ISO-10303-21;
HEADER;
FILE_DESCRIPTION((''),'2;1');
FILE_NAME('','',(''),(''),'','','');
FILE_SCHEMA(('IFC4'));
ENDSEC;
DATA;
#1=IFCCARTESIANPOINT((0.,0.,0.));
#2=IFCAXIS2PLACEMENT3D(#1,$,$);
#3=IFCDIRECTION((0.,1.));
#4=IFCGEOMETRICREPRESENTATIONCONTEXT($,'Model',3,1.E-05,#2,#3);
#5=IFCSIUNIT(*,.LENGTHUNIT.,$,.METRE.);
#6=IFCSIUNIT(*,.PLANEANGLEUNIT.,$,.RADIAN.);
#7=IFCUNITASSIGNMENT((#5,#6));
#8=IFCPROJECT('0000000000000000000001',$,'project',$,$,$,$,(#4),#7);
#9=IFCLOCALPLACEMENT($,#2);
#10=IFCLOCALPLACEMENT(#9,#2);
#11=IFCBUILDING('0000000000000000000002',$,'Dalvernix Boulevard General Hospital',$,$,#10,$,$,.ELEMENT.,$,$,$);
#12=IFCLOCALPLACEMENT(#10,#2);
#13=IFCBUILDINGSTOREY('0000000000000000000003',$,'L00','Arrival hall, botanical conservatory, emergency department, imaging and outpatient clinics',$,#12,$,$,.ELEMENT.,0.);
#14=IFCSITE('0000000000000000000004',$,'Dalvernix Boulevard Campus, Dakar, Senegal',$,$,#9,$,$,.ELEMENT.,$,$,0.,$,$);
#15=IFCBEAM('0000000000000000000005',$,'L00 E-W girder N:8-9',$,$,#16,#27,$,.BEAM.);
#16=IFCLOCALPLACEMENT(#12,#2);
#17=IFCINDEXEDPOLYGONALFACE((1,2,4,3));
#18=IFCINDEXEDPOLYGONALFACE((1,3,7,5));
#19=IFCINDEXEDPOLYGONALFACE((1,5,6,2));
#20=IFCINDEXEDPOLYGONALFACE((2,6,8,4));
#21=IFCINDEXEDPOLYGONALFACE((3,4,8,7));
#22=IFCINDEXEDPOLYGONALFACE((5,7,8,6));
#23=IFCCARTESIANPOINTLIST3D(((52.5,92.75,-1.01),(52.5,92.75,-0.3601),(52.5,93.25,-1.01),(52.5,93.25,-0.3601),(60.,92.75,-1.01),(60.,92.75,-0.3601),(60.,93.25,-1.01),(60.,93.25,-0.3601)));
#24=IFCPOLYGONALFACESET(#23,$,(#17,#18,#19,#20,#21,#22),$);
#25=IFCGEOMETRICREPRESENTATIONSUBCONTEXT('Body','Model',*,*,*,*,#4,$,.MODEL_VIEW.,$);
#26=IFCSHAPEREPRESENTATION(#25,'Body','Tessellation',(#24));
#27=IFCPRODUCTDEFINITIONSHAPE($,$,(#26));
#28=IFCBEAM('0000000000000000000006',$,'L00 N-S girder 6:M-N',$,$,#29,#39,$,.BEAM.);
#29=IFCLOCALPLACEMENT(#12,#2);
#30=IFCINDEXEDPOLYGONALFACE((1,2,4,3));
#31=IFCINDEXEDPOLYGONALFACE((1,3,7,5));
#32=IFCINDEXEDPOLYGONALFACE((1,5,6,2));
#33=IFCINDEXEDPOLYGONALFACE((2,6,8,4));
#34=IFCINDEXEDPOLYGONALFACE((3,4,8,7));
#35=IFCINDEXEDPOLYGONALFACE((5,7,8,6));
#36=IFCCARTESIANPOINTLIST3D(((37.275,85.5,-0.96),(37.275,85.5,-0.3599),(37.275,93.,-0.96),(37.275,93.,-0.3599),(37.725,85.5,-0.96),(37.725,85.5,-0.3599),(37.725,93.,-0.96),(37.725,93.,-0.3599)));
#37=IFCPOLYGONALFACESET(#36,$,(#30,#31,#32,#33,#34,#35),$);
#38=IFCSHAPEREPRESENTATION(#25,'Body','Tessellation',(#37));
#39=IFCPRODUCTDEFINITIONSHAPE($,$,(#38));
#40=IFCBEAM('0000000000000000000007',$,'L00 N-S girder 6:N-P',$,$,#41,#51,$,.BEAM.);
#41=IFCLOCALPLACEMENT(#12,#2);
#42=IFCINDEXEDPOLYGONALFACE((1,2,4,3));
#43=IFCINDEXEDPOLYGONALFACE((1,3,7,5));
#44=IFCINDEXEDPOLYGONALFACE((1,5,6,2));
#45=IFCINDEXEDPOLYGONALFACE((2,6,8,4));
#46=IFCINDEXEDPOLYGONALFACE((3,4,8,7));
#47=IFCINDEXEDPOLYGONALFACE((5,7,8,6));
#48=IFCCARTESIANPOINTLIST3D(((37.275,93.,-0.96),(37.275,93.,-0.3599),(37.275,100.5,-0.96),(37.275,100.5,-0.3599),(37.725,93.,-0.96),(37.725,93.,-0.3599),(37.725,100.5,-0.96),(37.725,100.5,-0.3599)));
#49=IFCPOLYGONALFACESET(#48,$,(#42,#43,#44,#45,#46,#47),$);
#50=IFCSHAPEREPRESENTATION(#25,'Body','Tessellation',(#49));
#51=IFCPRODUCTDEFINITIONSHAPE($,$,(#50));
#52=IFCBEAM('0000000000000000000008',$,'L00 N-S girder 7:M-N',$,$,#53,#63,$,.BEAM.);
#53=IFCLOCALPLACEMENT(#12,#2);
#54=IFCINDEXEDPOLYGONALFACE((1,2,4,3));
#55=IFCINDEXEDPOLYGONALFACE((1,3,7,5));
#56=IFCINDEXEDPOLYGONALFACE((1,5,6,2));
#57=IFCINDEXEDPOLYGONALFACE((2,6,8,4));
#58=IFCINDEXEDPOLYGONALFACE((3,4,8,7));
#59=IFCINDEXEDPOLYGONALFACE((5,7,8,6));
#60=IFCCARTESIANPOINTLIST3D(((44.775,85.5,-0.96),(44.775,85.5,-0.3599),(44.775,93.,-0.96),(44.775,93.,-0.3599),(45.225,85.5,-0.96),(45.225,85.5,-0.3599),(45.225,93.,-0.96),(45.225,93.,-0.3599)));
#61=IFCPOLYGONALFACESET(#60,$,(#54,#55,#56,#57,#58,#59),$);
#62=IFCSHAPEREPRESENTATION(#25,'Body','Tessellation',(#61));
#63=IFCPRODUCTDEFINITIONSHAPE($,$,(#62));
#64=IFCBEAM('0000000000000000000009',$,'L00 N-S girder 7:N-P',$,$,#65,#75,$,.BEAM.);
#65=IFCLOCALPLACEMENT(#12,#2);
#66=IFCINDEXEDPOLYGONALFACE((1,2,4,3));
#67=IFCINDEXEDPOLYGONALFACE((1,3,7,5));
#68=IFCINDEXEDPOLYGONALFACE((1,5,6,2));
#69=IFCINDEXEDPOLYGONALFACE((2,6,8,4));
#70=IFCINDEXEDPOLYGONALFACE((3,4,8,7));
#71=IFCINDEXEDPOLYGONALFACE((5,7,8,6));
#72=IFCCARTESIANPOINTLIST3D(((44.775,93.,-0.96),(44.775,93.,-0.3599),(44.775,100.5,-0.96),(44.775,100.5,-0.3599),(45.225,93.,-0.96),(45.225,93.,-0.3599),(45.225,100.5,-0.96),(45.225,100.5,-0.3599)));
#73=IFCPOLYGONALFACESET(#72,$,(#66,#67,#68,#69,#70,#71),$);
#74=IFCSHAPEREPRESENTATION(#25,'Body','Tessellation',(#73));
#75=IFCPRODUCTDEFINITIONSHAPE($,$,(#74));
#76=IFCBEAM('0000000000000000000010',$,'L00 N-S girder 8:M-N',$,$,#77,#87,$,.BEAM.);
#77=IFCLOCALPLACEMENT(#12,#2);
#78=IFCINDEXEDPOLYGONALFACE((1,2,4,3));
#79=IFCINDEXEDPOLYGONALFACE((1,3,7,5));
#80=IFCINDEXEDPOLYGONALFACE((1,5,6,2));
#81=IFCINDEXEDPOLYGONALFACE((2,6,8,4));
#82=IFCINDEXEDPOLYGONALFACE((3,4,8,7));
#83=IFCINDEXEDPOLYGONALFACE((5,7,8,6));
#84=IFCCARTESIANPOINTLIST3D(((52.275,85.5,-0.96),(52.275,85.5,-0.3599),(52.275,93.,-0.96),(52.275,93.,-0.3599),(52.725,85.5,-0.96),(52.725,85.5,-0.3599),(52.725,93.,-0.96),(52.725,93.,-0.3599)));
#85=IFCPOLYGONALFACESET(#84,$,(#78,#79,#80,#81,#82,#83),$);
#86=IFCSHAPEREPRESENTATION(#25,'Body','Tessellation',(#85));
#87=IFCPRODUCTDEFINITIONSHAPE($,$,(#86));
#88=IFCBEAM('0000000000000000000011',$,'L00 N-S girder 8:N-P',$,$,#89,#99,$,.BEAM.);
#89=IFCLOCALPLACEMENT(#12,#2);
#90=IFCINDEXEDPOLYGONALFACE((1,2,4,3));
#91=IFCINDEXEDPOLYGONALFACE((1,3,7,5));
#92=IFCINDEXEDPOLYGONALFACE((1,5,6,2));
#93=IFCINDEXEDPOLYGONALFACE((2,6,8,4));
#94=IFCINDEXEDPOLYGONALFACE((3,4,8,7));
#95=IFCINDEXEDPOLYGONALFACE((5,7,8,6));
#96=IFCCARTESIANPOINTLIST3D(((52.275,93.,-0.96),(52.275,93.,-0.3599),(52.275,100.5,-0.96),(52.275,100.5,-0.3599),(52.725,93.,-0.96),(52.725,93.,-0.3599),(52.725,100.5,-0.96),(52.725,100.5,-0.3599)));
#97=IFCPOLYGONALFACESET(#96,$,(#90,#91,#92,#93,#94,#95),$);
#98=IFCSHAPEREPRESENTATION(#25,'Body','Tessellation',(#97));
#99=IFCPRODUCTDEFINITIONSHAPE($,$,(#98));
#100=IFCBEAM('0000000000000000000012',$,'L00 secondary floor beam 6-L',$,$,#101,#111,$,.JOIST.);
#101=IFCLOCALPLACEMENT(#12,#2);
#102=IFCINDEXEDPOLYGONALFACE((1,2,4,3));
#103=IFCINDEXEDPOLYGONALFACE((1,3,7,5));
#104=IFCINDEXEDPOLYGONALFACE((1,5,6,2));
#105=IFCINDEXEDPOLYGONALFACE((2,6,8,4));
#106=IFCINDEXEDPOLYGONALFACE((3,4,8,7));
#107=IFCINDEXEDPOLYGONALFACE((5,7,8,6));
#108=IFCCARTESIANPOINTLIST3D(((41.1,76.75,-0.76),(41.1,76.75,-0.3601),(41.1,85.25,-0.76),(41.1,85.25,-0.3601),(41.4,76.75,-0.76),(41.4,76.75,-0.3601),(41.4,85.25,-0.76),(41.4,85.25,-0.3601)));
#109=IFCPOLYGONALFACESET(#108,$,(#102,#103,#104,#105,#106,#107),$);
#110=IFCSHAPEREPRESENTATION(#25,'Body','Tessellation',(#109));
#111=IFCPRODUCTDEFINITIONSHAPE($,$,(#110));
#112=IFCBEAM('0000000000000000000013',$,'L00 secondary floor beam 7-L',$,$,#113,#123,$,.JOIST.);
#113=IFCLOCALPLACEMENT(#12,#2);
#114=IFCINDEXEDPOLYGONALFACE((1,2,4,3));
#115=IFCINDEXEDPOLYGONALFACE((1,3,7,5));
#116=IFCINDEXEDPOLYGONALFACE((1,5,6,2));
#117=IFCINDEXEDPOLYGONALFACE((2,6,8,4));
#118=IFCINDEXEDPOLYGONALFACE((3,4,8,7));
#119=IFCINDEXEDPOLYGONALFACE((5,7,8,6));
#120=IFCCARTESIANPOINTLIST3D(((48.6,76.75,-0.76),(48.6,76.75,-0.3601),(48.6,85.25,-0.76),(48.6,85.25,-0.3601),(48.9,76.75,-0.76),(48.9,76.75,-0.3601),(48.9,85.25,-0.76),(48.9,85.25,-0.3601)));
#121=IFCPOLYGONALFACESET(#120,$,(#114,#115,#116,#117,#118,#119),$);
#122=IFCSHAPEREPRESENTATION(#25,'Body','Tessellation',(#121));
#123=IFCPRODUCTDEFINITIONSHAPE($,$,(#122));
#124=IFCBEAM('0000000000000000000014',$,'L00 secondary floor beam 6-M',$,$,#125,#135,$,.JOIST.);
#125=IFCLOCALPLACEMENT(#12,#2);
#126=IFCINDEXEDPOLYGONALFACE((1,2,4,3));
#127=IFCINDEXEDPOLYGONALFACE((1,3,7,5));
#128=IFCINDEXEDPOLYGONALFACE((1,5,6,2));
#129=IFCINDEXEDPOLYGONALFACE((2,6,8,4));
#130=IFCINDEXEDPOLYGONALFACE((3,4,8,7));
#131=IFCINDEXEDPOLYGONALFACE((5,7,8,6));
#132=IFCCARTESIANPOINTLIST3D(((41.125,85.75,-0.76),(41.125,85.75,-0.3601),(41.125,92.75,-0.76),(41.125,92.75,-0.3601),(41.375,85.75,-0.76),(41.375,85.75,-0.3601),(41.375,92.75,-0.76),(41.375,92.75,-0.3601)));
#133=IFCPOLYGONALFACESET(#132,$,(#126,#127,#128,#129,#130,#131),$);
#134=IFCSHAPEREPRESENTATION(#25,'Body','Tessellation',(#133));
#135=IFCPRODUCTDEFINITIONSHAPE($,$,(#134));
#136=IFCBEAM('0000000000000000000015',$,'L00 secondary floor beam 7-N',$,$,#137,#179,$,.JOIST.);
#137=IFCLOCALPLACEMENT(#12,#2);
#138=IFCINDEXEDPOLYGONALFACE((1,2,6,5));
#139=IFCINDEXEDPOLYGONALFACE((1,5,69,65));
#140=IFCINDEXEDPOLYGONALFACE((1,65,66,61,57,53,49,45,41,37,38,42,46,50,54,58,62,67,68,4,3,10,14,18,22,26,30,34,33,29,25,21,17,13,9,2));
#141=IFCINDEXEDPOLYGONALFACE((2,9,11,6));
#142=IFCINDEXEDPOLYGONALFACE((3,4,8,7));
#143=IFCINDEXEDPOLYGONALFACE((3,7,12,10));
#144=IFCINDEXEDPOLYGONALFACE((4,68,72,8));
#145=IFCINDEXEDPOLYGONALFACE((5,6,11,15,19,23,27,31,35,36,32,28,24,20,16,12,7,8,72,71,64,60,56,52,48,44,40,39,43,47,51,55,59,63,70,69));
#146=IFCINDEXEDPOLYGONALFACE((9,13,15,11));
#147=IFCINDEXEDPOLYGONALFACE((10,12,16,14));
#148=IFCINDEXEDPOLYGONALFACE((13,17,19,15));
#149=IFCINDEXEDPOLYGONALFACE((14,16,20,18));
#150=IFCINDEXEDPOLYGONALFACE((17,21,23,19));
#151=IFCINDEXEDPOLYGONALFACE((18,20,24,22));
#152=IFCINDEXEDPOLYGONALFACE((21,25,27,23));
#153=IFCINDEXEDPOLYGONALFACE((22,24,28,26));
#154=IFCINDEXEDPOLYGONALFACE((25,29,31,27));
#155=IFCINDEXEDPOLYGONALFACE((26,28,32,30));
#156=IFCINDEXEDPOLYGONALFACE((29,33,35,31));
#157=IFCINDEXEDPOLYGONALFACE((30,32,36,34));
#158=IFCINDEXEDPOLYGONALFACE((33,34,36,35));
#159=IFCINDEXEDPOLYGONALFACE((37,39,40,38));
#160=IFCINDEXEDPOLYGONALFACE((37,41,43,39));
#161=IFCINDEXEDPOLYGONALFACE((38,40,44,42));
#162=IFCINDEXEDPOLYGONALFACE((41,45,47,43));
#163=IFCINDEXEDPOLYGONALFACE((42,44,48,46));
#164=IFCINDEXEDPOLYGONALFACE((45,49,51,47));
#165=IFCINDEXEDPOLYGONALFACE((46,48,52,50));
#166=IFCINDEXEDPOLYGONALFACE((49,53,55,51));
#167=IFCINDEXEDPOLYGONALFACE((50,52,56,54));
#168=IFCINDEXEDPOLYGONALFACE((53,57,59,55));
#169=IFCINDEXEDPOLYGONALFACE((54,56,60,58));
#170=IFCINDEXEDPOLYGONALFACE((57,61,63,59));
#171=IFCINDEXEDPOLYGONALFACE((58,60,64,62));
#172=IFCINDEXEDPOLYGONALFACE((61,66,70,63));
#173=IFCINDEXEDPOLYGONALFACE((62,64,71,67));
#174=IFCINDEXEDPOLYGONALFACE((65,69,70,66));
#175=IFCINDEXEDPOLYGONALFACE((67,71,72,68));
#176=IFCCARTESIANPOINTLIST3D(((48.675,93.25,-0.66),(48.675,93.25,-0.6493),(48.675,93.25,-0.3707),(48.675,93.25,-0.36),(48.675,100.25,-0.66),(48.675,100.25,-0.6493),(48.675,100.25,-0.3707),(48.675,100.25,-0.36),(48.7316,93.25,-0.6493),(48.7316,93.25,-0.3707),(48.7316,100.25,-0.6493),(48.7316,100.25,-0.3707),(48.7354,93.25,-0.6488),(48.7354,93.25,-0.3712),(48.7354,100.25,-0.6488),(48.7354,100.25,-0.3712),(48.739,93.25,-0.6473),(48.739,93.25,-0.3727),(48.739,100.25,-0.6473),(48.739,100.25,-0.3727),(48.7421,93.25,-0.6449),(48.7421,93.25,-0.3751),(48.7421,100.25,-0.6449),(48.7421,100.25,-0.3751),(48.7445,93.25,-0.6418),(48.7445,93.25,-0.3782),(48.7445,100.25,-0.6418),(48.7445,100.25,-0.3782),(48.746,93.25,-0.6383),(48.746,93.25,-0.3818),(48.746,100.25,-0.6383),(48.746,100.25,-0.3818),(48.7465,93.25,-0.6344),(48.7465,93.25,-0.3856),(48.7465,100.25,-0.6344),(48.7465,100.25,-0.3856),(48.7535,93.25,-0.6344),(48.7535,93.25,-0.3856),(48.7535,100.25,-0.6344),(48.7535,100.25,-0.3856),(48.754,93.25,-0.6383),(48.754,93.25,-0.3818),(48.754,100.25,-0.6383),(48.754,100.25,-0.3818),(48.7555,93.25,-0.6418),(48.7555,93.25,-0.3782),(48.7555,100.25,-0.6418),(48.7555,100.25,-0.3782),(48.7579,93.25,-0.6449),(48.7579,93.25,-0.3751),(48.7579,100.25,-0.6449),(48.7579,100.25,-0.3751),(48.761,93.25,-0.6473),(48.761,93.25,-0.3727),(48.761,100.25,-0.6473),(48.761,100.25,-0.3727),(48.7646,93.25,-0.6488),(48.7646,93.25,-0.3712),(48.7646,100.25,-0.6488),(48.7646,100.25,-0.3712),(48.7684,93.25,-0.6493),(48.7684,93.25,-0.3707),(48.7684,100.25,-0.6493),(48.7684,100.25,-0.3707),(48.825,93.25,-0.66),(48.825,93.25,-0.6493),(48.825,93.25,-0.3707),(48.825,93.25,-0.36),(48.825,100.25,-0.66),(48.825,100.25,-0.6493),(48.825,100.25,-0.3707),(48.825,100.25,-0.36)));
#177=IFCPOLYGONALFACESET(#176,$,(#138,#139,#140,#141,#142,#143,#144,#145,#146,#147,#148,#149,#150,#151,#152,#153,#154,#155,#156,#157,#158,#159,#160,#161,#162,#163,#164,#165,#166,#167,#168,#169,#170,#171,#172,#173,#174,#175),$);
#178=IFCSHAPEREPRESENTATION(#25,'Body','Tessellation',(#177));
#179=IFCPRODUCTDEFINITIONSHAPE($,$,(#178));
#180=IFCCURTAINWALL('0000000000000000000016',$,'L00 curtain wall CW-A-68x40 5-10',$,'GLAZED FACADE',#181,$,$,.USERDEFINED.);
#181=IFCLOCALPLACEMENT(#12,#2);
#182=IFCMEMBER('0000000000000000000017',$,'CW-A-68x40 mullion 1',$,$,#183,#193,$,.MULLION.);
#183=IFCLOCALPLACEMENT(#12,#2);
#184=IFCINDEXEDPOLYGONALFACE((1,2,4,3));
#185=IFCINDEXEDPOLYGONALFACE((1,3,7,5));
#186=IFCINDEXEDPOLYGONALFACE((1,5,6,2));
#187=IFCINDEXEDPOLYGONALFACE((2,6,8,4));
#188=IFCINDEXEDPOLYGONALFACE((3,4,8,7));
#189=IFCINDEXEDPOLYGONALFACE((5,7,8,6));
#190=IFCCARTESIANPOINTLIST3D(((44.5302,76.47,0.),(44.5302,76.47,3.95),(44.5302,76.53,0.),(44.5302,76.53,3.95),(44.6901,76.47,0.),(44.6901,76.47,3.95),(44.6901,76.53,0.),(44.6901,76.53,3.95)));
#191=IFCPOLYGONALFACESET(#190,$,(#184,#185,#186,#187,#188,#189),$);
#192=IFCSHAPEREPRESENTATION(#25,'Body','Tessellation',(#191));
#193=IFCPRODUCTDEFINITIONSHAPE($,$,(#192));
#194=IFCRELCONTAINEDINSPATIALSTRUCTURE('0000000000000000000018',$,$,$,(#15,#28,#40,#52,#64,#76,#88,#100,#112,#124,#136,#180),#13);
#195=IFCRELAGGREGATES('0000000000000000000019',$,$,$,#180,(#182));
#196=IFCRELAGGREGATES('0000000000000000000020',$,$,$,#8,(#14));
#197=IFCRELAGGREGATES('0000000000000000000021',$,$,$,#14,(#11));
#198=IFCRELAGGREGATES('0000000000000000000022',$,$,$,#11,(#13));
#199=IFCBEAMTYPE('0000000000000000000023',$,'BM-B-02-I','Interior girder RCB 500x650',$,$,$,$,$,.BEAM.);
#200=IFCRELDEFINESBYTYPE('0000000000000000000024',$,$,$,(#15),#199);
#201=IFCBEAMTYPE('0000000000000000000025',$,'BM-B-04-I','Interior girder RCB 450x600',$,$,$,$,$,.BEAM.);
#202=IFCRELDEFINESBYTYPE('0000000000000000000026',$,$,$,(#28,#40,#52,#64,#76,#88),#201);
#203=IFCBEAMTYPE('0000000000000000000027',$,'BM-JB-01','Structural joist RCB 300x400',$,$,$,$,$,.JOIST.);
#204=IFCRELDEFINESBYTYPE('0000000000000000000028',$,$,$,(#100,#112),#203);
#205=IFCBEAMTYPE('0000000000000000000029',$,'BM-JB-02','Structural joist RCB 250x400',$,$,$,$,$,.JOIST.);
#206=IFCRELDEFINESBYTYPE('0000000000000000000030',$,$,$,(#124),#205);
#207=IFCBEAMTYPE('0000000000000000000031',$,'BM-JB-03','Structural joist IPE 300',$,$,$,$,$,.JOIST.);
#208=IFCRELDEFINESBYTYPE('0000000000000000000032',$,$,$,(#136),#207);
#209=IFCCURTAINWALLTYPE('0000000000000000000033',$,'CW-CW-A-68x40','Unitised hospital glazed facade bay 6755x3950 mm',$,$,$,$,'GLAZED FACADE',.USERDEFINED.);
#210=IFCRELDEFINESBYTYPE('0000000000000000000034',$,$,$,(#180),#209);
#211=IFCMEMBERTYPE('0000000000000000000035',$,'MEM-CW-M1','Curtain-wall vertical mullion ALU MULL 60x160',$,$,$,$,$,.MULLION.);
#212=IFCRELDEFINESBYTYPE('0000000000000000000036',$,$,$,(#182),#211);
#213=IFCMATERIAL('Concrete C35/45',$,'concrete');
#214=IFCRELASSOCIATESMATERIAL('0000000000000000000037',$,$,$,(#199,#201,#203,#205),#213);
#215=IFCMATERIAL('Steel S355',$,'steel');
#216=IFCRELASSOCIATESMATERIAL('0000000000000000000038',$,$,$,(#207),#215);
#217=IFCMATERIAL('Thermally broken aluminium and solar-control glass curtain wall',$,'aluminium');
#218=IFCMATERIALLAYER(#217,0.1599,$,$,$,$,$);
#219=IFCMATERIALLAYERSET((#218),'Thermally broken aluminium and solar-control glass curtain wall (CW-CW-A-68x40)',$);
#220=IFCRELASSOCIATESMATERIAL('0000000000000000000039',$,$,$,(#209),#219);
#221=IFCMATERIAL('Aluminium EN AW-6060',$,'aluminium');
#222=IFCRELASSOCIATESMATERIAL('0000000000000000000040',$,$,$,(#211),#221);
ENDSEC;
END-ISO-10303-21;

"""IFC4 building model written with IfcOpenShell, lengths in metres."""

from ifc_helpers import new_model, si_unit, direction, frame, origin, origin_2d, place, context, subcontext, project, spatial, rectangle, i_section, extrude, material, layer, layer_set, material_profile, profile_set, type_object, element, aggregate, save


model = new_model("IFC4")

# Units and contexts
model_context = context("Model", 3, precision=1e-05, world=origin(), true_north=direction((0.0, 1.0)))
body_context = subcontext(model_context, "Body", "Model", "MODEL_VIEW")
ifc_project = project(units=[si_unit("LENGTHUNIT", "METRE"), si_unit("PLANEANGLEUNIT", "RADIAN")], contexts=[model_context])

# Site, building, storey
site_placement = place(None, origin())
site = spatial("IfcSite", under=ifc_project, at=site_placement, Name="Dalvernix Boulevard Campus, Dakar, Senegal", CompositionType="ELEMENT", RefElevation=0.0)
building_placement = place(site_placement, origin())
building = spatial("IfcBuilding", under=site, at=building_placement, Name="Dalvernix Boulevard General Hospital", CompositionType="ELEMENT")
storey_placement = place(building_placement, origin())
storey = spatial("IfcBuildingStorey", under=building, at=storey_placement, Name="L00", Description="Arrival hall, botanical conservatory, emergency department, imaging and outpatient clinics", CompositionType="ELEMENT", Elevation=0.0)

# Beams
ifc_material_1 = material(Name="Concrete C35/45", Category="concrete")
ifc_material_profile_1 = material_profile(ifc_material_1, rectangle(XDim=0.5, YDim=0.6499, at=origin_2d()), Name="RCB 500x650")
ifc_profile_set_1 = profile_set([ifc_material_profile_1], Name="Concrete C35/45")
beam_type_1 = type_object("IfcBeamType", Name="BM-B-02-I", Description="Interior girder RCB 500x650", PredefinedType="BEAM", material=ifc_profile_set_1)
for number, where, z_axis, x_axis, name in (
    (1, (52.5, 93.0, -0.6851), (1.0, 0.0, 0.0), (0.0, 1.0, 0.0), "L00 E-W girder N:8-9"),
):
    element("IfcBeam", number, at=place(storey_placement, frame(where, z_axis=z_axis, x_axis=x_axis)), inside=storey, type_object=beam_type_1, Name=name, PredefinedType="BEAM", context=body_context, shape_type="SweptSolid", body=[
        extrude(rectangle(XDim=0.5, YDim=0.6499, at=origin_2d()), origin(), (0.0, 0.0, 1.0), 7.5),
    ])
ifc_material_profile_2 = material_profile(ifc_material_1, rectangle(XDim=0.45, YDim=0.6001, at=origin_2d()), Name="RCB 450x600")
ifc_profile_set_2 = profile_set([ifc_material_profile_2], Name="Concrete C35/45")
beam_type_2 = type_object("IfcBeamType", Name="BM-B-04-I", Description="Interior girder RCB 450x600", PredefinedType="BEAM", material=ifc_profile_set_2)
for number, where, z_axis, x_axis, name in (
    (2, (37.5, 85.5, -0.6599), (0.0, 1.0, 0.0), (-1.0, 0.0, 0.0), "L00 N-S girder 6:M-N"),
    (3, (37.5, 93.0, -0.6599), (0.0, 1.0, 0.0), (-1.0, 0.0, 0.0), "L00 N-S girder 6:N-P"),
    (4, (45.0, 85.5, -0.6599), (0.0, 1.0, 0.0), (-1.0, 0.0, 0.0), "L00 N-S girder 7:M-N"),
    (5, (45.0, 93.0, -0.6599), (0.0, 1.0, 0.0), (-1.0, 0.0, 0.0), "L00 N-S girder 7:N-P"),
    (6, (52.5, 85.5, -0.6599), (0.0, 1.0, 0.0), (-1.0, 0.0, 0.0), "L00 N-S girder 8:M-N"),
    (7, (52.5, 93.0, -0.6599), (0.0, 1.0, 0.0), (-1.0, 0.0, 0.0), "L00 N-S girder 8:N-P"),
):
    element("IfcBeam", number, at=place(storey_placement, frame(where, z_axis=z_axis, x_axis=x_axis)), inside=storey, type_object=beam_type_2, Name=name, PredefinedType="BEAM", context=body_context, shape_type="SweptSolid", body=[
        extrude(rectangle(XDim=0.45, YDim=0.6001, at=origin_2d()), origin(), (0.0, 0.0, 1.0), 7.5),
    ])
ifc_material_profile_3 = material_profile(ifc_material_1, rectangle(XDim=0.3, YDim=0.3999, at=origin_2d()), Name="RCB 300x400")
ifc_profile_set_3 = profile_set([ifc_material_profile_3], Name="Concrete C35/45")
beam_type_3 = type_object("IfcBeamType", Name="BM-JB-01", Description="Structural joist RCB 300x400", PredefinedType="JOIST", material=ifc_profile_set_3)
for number, where, z_axis, x_axis, name in (
    (8, (41.25, 76.75, -0.5601), (0.0, 1.0, 0.0), (-1.0, 0.0, 0.0), "L00 secondary floor beam 6-L"),
    (9, (48.75, 76.75, -0.5601), (0.0, 1.0, 0.0), (-1.0, 0.0, 0.0), "L00 secondary floor beam 7-L"),
):
    element("IfcBeam", number, at=place(storey_placement, frame(where, z_axis=z_axis, x_axis=x_axis)), inside=storey, type_object=beam_type_3, Name=name, PredefinedType="JOIST", context=body_context, shape_type="SweptSolid", body=[
        extrude(rectangle(XDim=0.3, YDim=0.3999, at=origin_2d()), origin(), (0.0, 0.0, 1.0), 8.5),
    ])
ifc_material_profile_4 = material_profile(ifc_material_1, rectangle(XDim=0.25, YDim=0.3999, at=origin_2d()), Name="RCB 250x400")
ifc_profile_set_4 = profile_set([ifc_material_profile_4], Name="Concrete C35/45")
beam_type_4 = type_object("IfcBeamType", Name="BM-JB-02", Description="Structural joist RCB 250x400", PredefinedType="JOIST", material=ifc_profile_set_4)
beam_1_placement = place(storey_placement, frame((41.25, 85.75, -0.5601), z_axis=(0.0, 1.0, 0.0), x_axis=(-1.0, 0.0, 0.0)))
element("IfcBeam", 10, at=beam_1_placement, inside=storey, type_object=beam_type_4, Name="L00 secondary floor beam 6-M", PredefinedType="JOIST", context=body_context, shape_type="SweptSolid", body=[
    extrude(rectangle(XDim=0.25, YDim=0.3999, at=origin_2d()), origin(), (0.0, 0.0, 1.0), 7.0),
])
ifc_material_2 = material(Name="Steel S355", Category="steel")
ifc_material_profile_5 = material_profile(ifc_material_2, i_section(OverallWidth=0.1499, OverallDepth=0.3, WebThickness=0.0071, FlangeThickness=0.0107, FilletRadius=0.0149, at=origin_2d()), Name="IPE 300")
ifc_profile_set_5 = profile_set([ifc_material_profile_5], Name="Steel S355")
beam_type_5 = type_object("IfcBeamType", Name="BM-JB-03", Description="Structural joist IPE 300", PredefinedType="JOIST", material=ifc_profile_set_5)
beam_2_placement = place(storey_placement, frame((48.75, 93.25, -0.51), z_axis=(0.0, 1.0, 0.0), x_axis=(-1.0, 0.0, 0.0)))
element("IfcBeam", 11, at=beam_2_placement, inside=storey, type_object=beam_type_5, Name="L00 secondary floor beam 7-N", PredefinedType="JOIST", context=body_context, shape_type="SweptSolid", body=[
    extrude(i_section(OverallWidth=0.1499, OverallDepth=0.3, WebThickness=0.0071, FlangeThickness=0.0107, FilletRadius=0.0149, at=origin_2d()), origin(), (0.0, 0.0, 1.0), 7.0),
])

# Curtain wall, member
ifc_material_3 = material(Name="Thermally broken aluminium and solar-control glass curtain wall", Category="aluminium")
ifc_layer_1 = layer(ifc_material_3, 0.1599)
ifc_layer_set_1 = layer_set([ifc_layer_1], Name="Thermally broken aluminium and solar-control glass curtain wall (CW-CW-A-68x40)")
curtain_wall_type = type_object("IfcCurtainWallType", Name="CW-CW-A-68x40", Description="Unitised hospital glazed facade bay 6755x3950 mm", ElementType="GLAZED FACADE", PredefinedType="USERDEFINED", material=ifc_layer_set_1)
curtain_wall_placement = place(storey_placement, origin())
curtain_wall = element("IfcCurtainWall", 12, at=curtain_wall_placement, inside=storey, type_object=curtain_wall_type, Name="L00 curtain wall CW-A-68x40 5-10", ObjectType="GLAZED FACADE", PredefinedType="USERDEFINED")
ifc_material_4 = material(Name="Aluminium EN AW-6060", Category="aluminium")
ifc_material_profile_6 = material_profile(ifc_material_4, rectangle(XDim=0.0601, YDim=0.1599, at=origin_2d()), Name="ALU MULL 60x160")
ifc_profile_set_6 = profile_set([ifc_material_profile_6], Name="Aluminium EN AW-6060")
member_type_1 = type_object("IfcMemberType", Name="MEM-CW-M1", Description="Curtain-wall vertical mullion ALU MULL 60x160", PredefinedType="MULLION", material=ifc_profile_set_6)
member_1_placement = place(storey_placement, frame((44.6101, 76.5, 0.0), z_axis=(0.0, 0.0, 1.0), x_axis=(0.0, -1.0, 0.0)))
member_1 = element("IfcMember", 13, at=member_1_placement, type_object=member_type_1, Name="CW-A-68x40 mullion 1", PredefinedType="MULLION", context=body_context, shape_type="SweptSolid", body=[
    extrude(rectangle(XDim=0.0601, YDim=0.1599, at=origin_2d()), origin(), (0.0, 0.0, 1.0), 3.95),
])
aggregate(curtain_wall, [member_1])

save(model, "model.ifc")
